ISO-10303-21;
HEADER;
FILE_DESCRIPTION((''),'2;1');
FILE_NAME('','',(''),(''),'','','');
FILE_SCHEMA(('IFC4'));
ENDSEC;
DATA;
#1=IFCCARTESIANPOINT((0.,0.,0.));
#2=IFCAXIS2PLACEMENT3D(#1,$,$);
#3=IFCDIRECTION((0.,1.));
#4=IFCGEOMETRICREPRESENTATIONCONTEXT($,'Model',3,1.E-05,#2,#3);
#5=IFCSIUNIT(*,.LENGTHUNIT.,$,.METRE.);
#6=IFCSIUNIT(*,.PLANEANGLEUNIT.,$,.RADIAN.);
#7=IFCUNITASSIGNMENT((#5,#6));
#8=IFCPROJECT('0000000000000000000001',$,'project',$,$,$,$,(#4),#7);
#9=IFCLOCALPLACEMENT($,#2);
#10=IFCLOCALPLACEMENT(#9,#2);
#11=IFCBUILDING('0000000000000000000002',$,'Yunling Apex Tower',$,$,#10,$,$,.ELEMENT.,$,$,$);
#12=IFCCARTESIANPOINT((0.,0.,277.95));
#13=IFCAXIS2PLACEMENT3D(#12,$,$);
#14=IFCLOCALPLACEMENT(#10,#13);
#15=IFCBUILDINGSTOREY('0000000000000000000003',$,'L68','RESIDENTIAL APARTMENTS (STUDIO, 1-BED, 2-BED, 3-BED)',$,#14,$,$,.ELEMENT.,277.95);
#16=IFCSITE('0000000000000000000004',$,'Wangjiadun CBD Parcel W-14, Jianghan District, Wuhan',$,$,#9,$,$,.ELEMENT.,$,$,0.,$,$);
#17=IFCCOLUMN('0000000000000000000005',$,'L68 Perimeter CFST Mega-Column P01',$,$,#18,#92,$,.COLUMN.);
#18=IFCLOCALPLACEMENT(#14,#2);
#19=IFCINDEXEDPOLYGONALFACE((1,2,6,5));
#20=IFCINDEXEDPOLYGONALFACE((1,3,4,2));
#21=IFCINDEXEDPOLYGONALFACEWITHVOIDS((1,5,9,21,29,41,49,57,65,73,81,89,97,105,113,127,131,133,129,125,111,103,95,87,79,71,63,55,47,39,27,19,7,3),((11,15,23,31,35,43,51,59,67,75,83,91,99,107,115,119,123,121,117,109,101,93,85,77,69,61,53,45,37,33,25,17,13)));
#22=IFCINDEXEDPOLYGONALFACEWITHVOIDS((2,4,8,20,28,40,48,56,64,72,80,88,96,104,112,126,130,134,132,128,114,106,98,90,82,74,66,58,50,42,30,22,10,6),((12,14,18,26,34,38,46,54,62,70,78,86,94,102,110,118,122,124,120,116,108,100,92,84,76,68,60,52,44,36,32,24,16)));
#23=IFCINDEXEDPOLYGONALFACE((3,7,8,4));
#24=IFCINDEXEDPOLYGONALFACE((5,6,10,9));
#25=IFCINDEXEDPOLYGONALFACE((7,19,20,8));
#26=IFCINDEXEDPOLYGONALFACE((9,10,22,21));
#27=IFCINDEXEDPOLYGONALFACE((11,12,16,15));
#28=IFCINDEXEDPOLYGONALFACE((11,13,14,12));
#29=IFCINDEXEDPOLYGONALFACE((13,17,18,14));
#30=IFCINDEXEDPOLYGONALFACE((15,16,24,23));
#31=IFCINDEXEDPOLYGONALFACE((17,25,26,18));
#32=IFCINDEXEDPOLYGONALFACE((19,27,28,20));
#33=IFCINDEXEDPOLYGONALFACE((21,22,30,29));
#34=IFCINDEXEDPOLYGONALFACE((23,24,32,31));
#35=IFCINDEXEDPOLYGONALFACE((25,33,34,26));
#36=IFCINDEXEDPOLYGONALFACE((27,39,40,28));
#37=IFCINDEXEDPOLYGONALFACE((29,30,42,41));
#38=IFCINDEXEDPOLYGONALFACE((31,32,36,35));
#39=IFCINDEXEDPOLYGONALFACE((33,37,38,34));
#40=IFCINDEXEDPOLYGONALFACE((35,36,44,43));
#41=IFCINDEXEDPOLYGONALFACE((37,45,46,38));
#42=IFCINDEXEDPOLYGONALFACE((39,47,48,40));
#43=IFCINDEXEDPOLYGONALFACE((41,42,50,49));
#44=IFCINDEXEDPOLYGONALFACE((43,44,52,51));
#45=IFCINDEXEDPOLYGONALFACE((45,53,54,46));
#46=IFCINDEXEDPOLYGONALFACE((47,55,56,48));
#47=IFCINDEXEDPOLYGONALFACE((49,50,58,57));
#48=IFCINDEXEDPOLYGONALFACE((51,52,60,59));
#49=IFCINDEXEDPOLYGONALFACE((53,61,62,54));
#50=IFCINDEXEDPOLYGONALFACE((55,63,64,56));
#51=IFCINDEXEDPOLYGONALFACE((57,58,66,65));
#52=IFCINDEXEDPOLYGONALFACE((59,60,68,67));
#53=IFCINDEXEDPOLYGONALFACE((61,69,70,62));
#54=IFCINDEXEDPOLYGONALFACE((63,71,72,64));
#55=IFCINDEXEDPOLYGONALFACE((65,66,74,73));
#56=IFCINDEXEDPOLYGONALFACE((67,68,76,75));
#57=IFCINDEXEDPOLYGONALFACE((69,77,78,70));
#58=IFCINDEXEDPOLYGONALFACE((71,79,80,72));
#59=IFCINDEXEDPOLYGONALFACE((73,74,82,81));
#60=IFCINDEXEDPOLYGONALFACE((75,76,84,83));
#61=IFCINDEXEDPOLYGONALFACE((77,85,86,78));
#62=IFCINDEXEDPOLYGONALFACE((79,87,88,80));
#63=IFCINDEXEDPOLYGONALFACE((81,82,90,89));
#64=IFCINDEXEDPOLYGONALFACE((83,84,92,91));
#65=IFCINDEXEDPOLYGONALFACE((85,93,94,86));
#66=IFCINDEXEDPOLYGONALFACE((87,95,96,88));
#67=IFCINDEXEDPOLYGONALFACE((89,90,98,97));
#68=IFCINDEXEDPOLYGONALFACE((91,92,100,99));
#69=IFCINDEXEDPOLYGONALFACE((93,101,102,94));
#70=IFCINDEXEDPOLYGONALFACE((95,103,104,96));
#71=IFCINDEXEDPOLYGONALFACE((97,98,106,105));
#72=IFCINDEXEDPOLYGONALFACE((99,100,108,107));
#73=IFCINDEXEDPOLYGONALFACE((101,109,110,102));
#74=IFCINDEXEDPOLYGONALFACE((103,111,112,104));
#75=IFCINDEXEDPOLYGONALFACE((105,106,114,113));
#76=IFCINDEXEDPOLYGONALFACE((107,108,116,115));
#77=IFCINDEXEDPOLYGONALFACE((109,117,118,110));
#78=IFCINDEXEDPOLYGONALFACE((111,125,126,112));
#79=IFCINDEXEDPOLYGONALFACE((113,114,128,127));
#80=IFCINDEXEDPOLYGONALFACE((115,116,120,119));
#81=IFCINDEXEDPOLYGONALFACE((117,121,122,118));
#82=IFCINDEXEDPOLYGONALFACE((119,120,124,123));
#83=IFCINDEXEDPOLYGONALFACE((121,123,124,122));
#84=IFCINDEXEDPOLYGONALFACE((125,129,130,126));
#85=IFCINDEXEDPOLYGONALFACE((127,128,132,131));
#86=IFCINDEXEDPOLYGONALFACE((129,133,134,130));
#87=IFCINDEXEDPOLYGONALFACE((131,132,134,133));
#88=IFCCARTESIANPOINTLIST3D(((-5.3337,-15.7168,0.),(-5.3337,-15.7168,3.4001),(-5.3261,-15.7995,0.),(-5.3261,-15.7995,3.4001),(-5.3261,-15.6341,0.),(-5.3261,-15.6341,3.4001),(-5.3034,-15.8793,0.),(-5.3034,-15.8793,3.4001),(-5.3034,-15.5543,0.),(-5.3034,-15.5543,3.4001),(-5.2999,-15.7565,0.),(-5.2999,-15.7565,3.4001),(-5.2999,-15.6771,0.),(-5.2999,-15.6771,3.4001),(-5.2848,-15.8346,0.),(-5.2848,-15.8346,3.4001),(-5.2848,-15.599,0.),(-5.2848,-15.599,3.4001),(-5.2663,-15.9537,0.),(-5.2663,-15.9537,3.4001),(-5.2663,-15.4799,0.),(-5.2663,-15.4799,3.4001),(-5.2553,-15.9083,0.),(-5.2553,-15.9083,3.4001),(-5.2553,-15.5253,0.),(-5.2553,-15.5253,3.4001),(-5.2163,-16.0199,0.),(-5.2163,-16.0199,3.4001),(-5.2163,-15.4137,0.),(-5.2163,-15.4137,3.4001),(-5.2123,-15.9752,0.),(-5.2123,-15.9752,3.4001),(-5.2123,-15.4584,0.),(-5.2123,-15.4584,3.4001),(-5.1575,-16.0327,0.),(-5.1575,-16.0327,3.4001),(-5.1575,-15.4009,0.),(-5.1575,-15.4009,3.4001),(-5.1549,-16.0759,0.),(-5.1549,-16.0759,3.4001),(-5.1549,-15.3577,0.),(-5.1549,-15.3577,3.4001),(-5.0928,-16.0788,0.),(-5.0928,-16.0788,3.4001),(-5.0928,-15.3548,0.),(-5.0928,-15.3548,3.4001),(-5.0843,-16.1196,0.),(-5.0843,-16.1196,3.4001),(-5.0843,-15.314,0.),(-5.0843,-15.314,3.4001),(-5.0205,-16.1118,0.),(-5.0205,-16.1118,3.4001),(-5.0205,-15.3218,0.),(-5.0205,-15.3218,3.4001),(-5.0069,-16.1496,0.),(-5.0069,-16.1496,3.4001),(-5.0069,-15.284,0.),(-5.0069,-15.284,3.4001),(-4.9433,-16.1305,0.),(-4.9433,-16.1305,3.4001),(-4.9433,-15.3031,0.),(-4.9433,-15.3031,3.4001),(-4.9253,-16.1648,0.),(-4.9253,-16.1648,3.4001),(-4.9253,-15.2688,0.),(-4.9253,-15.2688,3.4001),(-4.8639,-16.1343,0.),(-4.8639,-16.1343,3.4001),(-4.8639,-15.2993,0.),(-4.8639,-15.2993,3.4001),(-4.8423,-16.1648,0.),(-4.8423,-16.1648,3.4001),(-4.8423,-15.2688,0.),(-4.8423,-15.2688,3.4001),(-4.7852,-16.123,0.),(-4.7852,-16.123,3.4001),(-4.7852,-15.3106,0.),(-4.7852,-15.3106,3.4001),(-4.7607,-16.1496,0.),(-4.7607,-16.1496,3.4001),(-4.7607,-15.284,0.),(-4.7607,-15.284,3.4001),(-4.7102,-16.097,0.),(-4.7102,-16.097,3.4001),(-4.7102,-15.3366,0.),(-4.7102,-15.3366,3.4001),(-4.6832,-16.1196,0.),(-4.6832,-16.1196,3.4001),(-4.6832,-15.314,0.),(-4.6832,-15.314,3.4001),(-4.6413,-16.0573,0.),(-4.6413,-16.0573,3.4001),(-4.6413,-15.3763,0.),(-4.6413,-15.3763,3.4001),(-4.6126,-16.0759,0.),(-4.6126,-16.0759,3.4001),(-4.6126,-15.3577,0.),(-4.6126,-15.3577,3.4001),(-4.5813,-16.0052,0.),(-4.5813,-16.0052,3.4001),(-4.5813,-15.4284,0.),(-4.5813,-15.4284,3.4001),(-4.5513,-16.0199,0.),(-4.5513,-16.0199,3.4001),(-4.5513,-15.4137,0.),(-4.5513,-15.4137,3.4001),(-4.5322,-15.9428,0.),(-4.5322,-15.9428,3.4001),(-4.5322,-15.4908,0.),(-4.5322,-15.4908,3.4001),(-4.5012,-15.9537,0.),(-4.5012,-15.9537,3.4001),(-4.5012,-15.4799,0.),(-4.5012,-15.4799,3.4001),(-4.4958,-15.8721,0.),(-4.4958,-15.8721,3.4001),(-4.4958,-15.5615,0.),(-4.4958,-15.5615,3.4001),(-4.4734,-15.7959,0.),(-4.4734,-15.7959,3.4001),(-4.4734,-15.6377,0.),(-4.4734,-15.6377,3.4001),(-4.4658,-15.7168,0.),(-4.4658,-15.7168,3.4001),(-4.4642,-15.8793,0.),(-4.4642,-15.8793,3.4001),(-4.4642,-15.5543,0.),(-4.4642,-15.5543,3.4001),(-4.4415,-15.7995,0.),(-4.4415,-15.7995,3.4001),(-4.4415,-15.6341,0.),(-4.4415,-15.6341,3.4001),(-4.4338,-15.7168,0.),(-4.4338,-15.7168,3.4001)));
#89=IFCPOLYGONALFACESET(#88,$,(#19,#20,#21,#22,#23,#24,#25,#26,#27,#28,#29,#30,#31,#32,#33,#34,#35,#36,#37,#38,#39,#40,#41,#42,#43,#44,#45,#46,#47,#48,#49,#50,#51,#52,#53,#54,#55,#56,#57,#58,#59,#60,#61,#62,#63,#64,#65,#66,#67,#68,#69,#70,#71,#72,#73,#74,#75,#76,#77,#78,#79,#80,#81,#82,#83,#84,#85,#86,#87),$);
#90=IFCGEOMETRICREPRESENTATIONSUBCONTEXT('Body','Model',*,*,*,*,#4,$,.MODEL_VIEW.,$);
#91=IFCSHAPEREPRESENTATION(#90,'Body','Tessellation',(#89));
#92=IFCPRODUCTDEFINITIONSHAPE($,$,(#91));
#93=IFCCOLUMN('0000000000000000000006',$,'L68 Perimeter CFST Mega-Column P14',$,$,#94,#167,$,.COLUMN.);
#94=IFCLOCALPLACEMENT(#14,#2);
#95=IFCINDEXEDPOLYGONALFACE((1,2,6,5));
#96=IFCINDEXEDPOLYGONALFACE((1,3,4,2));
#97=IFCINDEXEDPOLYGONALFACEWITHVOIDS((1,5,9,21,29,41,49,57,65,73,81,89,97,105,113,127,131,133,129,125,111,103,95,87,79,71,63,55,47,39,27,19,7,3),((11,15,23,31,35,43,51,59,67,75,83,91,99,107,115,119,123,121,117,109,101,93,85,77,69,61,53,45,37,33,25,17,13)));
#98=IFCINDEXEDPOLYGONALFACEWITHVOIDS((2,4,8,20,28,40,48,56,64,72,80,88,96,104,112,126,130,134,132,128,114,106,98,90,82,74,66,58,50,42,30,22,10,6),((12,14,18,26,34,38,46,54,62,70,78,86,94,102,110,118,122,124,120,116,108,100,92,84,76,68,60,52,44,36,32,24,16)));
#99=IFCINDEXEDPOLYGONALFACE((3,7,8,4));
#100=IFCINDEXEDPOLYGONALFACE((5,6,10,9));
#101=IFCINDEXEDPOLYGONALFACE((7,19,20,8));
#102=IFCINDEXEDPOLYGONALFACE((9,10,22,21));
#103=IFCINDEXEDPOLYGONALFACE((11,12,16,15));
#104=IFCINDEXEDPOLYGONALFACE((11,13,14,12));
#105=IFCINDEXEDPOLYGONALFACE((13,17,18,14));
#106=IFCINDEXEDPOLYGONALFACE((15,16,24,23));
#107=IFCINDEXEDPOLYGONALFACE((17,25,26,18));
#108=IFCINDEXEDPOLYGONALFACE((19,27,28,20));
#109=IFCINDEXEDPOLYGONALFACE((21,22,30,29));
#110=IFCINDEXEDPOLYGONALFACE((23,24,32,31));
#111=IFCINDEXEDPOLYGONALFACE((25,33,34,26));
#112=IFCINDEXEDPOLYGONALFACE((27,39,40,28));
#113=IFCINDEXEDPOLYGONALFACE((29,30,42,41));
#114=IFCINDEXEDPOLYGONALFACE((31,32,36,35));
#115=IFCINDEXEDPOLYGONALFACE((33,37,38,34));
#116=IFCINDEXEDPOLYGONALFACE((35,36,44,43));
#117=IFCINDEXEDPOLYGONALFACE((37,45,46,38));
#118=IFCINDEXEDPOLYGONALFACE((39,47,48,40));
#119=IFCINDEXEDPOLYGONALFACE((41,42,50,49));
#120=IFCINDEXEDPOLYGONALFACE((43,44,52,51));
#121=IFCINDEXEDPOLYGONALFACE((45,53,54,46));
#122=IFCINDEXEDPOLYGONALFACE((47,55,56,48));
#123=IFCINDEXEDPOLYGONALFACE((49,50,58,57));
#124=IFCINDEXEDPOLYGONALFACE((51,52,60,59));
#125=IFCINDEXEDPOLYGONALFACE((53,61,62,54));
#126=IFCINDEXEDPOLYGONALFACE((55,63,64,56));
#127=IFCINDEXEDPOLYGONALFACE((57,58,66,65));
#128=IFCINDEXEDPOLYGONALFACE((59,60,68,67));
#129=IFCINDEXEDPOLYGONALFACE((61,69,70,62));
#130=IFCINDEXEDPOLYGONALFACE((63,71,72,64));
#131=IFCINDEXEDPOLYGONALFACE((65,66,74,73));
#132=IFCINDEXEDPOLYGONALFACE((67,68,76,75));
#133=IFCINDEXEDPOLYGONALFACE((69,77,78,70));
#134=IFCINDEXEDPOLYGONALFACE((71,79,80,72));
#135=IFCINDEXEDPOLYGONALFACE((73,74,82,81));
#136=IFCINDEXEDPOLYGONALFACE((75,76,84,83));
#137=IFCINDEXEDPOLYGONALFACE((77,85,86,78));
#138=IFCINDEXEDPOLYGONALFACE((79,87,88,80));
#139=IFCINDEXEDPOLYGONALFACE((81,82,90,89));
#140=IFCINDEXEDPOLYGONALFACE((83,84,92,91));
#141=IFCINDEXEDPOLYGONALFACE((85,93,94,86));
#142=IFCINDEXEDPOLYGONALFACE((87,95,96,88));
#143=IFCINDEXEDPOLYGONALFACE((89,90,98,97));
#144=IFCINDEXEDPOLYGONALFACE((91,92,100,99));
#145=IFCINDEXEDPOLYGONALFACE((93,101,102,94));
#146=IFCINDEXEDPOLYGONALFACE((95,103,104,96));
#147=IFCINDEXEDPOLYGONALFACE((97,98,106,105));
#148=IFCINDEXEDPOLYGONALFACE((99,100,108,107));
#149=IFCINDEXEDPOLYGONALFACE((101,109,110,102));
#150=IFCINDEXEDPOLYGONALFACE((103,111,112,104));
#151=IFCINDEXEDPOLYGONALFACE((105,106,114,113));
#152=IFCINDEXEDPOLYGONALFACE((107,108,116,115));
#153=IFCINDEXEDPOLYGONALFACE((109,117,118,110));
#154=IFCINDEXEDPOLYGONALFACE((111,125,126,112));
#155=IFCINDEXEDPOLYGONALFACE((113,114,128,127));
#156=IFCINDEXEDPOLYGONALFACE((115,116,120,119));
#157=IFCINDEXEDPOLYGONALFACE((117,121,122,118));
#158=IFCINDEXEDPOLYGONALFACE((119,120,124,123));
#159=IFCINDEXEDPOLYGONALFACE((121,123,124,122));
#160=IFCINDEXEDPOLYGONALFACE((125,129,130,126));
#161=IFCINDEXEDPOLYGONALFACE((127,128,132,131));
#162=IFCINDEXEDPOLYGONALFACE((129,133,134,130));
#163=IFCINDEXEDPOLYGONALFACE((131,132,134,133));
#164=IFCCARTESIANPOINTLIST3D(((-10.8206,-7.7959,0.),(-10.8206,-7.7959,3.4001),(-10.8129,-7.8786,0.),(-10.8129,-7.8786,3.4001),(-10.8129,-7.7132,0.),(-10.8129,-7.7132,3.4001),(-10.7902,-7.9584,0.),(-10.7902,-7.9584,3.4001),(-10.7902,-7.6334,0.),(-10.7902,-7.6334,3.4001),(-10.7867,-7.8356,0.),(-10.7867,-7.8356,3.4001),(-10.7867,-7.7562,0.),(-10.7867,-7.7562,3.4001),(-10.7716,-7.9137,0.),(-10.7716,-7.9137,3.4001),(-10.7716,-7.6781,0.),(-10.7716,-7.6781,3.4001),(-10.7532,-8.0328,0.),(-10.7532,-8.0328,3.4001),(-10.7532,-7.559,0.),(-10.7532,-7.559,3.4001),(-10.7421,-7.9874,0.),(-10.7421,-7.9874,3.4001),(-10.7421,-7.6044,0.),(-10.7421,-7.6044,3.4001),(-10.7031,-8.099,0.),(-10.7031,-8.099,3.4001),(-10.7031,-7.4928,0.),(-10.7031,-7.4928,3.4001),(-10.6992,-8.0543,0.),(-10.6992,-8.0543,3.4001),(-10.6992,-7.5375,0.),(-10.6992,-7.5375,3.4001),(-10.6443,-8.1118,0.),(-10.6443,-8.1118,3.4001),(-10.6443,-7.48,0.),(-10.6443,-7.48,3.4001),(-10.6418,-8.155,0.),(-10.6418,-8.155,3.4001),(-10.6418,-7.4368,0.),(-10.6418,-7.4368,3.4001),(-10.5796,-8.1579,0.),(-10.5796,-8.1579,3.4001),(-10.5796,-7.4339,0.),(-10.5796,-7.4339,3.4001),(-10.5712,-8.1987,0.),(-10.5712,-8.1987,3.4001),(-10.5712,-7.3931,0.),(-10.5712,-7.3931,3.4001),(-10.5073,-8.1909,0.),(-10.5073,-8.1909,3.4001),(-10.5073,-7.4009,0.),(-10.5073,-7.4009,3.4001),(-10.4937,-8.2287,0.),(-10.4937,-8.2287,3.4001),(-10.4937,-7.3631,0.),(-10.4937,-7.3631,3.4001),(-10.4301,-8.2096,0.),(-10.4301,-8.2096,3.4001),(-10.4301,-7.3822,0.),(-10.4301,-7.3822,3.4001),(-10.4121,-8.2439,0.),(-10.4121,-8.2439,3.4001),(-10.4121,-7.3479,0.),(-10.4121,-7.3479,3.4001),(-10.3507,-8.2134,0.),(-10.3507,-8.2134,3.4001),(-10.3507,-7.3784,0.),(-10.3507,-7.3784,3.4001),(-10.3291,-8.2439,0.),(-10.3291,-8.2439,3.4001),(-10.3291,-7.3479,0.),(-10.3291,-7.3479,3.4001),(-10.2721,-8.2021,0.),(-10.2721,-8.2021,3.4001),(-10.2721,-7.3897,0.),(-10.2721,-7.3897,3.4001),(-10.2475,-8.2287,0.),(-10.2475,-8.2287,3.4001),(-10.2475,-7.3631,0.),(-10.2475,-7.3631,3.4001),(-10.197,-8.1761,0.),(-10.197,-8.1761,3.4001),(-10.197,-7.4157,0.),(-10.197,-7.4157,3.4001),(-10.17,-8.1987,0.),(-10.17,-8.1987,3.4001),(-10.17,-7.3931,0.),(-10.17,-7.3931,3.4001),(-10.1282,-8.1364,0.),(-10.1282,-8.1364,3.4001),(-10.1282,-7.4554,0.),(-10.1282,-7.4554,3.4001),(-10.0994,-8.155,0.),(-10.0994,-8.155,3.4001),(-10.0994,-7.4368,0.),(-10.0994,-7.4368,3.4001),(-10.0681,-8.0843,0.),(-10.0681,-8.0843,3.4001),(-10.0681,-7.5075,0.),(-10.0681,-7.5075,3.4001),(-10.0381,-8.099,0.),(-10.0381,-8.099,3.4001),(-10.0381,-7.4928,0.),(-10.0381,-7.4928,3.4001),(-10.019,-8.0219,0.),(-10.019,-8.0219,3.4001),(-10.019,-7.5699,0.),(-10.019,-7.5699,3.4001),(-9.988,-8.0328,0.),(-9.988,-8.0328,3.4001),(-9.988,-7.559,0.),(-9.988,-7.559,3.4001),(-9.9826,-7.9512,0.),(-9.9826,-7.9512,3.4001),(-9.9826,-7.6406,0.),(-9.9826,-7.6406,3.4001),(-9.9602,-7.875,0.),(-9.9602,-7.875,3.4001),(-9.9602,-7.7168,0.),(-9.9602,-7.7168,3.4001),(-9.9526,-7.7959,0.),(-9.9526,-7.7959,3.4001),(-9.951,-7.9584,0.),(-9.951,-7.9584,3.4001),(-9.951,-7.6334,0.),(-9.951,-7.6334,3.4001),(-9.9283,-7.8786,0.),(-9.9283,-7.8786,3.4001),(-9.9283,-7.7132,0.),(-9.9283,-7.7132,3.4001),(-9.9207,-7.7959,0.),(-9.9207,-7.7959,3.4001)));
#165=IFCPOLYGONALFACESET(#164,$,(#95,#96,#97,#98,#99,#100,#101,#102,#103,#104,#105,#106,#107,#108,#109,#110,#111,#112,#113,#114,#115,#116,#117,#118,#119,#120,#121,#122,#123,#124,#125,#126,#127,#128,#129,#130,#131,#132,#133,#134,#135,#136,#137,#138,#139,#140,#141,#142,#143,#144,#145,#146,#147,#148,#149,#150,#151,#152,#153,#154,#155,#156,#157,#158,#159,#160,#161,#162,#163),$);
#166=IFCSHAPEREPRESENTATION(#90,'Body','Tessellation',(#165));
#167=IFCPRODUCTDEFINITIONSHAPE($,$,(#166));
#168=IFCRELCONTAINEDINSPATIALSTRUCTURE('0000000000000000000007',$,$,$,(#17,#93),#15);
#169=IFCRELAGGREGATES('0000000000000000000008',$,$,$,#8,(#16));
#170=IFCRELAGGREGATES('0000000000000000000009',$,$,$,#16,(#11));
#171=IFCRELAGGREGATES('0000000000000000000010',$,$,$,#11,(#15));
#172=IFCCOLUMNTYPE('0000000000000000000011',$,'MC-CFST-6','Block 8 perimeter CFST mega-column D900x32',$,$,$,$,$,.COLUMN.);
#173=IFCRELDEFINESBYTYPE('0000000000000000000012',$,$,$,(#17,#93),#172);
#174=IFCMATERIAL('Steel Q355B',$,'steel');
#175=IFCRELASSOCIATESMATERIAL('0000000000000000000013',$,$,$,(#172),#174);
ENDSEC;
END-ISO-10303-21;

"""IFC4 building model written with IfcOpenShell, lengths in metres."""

from ifc_helpers import new_model, si_unit, direction, frame, origin, origin_2d, place, context, subcontext, project, spatial, hollow_circle, extrude, source, transform, mapped, material, material_profile, profile_set, type_object, element, save


model = new_model("IFC4")

# Units and contexts
model_context = context("Model", 3, precision=1e-05, world=origin(), true_north=direction((0.0, 1.0)))
body_context = subcontext(model_context, "Body", "Model", "MODEL_VIEW")
ifc_project = project(units=[si_unit("LENGTHUNIT", "METRE"), si_unit("PLANEANGLEUNIT", "RADIAN")], contexts=[model_context])

# Site, building, storey
site_placement = place(None, origin())
site = spatial("IfcSite", under=ifc_project, at=site_placement, Name="Wangjiadun CBD Parcel W-14, Jianghan District, Wuhan", CompositionType="ELEMENT", RefElevation=0.0)
building_placement = place(site_placement, origin())
building = spatial("IfcBuilding", under=site, at=building_placement, Name="Yunling Apex Tower", CompositionType="ELEMENT")
storey_placement = place(building_placement, frame((0.0, 0.0, 277.95)))
storey = spatial("IfcBuildingStorey", under=building, at=storey_placement, Name="L68", Description="RESIDENTIAL APARTMENTS (STUDIO, 1-BED, 2-BED, 3-BED)", CompositionType="ELEMENT", Elevation=277.95)

# Columns
ifc_material_1 = material(Name="Steel Q355B", Category="steel")
ifc_material_profile_1 = material_profile(ifc_material_1, hollow_circle(Radius=0.45, WallThickness=0.032, at=origin_2d()))
ifc_profile_set_1 = profile_set([ifc_material_profile_1], Name="Steel Q355B")
column_type = type_object("IfcColumnType", Name="MC-CFST-6", Description="Block 8 perimeter CFST mega-column D900x32", PredefinedType="COLUMN", material=ifc_profile_set_1)
shared_shape_1 = source(origin(), body_context, "Body", "SweptSolid", [
    extrude(hollow_circle(Radius=0.45, WallThickness=0.032, at=origin_2d()), origin(), (0.0, 0.0, 1.0), 3.4001),
])
for number, where, z_axis, x_axis, name in (
    (1, (-4.8838, -15.7168, 0.0), (0.0, 0.0, 1.0), (1.0, 0.0, 0.0), "L68 Perimeter CFST Mega-Column P01"),
    (2, (-10.3706, -7.7959, 0.0), (0.0, 0.0, 1.0), (1.0, 0.0, 0.0), "L68 Perimeter CFST Mega-Column P14"),
):
    element("IfcColumn", number, at=place(storey_placement, frame(where, z_axis=z_axis, x_axis=x_axis)), inside=storey, type_object=column_type, Name=name, PredefinedType="COLUMN", context=body_context, shape_type="MappedRepresentation", body=[
        mapped(shared_shape_1, transform((0.0, 0.0, 0.0), scale=1.0)),
    ])

save(model, "model.ifc")
